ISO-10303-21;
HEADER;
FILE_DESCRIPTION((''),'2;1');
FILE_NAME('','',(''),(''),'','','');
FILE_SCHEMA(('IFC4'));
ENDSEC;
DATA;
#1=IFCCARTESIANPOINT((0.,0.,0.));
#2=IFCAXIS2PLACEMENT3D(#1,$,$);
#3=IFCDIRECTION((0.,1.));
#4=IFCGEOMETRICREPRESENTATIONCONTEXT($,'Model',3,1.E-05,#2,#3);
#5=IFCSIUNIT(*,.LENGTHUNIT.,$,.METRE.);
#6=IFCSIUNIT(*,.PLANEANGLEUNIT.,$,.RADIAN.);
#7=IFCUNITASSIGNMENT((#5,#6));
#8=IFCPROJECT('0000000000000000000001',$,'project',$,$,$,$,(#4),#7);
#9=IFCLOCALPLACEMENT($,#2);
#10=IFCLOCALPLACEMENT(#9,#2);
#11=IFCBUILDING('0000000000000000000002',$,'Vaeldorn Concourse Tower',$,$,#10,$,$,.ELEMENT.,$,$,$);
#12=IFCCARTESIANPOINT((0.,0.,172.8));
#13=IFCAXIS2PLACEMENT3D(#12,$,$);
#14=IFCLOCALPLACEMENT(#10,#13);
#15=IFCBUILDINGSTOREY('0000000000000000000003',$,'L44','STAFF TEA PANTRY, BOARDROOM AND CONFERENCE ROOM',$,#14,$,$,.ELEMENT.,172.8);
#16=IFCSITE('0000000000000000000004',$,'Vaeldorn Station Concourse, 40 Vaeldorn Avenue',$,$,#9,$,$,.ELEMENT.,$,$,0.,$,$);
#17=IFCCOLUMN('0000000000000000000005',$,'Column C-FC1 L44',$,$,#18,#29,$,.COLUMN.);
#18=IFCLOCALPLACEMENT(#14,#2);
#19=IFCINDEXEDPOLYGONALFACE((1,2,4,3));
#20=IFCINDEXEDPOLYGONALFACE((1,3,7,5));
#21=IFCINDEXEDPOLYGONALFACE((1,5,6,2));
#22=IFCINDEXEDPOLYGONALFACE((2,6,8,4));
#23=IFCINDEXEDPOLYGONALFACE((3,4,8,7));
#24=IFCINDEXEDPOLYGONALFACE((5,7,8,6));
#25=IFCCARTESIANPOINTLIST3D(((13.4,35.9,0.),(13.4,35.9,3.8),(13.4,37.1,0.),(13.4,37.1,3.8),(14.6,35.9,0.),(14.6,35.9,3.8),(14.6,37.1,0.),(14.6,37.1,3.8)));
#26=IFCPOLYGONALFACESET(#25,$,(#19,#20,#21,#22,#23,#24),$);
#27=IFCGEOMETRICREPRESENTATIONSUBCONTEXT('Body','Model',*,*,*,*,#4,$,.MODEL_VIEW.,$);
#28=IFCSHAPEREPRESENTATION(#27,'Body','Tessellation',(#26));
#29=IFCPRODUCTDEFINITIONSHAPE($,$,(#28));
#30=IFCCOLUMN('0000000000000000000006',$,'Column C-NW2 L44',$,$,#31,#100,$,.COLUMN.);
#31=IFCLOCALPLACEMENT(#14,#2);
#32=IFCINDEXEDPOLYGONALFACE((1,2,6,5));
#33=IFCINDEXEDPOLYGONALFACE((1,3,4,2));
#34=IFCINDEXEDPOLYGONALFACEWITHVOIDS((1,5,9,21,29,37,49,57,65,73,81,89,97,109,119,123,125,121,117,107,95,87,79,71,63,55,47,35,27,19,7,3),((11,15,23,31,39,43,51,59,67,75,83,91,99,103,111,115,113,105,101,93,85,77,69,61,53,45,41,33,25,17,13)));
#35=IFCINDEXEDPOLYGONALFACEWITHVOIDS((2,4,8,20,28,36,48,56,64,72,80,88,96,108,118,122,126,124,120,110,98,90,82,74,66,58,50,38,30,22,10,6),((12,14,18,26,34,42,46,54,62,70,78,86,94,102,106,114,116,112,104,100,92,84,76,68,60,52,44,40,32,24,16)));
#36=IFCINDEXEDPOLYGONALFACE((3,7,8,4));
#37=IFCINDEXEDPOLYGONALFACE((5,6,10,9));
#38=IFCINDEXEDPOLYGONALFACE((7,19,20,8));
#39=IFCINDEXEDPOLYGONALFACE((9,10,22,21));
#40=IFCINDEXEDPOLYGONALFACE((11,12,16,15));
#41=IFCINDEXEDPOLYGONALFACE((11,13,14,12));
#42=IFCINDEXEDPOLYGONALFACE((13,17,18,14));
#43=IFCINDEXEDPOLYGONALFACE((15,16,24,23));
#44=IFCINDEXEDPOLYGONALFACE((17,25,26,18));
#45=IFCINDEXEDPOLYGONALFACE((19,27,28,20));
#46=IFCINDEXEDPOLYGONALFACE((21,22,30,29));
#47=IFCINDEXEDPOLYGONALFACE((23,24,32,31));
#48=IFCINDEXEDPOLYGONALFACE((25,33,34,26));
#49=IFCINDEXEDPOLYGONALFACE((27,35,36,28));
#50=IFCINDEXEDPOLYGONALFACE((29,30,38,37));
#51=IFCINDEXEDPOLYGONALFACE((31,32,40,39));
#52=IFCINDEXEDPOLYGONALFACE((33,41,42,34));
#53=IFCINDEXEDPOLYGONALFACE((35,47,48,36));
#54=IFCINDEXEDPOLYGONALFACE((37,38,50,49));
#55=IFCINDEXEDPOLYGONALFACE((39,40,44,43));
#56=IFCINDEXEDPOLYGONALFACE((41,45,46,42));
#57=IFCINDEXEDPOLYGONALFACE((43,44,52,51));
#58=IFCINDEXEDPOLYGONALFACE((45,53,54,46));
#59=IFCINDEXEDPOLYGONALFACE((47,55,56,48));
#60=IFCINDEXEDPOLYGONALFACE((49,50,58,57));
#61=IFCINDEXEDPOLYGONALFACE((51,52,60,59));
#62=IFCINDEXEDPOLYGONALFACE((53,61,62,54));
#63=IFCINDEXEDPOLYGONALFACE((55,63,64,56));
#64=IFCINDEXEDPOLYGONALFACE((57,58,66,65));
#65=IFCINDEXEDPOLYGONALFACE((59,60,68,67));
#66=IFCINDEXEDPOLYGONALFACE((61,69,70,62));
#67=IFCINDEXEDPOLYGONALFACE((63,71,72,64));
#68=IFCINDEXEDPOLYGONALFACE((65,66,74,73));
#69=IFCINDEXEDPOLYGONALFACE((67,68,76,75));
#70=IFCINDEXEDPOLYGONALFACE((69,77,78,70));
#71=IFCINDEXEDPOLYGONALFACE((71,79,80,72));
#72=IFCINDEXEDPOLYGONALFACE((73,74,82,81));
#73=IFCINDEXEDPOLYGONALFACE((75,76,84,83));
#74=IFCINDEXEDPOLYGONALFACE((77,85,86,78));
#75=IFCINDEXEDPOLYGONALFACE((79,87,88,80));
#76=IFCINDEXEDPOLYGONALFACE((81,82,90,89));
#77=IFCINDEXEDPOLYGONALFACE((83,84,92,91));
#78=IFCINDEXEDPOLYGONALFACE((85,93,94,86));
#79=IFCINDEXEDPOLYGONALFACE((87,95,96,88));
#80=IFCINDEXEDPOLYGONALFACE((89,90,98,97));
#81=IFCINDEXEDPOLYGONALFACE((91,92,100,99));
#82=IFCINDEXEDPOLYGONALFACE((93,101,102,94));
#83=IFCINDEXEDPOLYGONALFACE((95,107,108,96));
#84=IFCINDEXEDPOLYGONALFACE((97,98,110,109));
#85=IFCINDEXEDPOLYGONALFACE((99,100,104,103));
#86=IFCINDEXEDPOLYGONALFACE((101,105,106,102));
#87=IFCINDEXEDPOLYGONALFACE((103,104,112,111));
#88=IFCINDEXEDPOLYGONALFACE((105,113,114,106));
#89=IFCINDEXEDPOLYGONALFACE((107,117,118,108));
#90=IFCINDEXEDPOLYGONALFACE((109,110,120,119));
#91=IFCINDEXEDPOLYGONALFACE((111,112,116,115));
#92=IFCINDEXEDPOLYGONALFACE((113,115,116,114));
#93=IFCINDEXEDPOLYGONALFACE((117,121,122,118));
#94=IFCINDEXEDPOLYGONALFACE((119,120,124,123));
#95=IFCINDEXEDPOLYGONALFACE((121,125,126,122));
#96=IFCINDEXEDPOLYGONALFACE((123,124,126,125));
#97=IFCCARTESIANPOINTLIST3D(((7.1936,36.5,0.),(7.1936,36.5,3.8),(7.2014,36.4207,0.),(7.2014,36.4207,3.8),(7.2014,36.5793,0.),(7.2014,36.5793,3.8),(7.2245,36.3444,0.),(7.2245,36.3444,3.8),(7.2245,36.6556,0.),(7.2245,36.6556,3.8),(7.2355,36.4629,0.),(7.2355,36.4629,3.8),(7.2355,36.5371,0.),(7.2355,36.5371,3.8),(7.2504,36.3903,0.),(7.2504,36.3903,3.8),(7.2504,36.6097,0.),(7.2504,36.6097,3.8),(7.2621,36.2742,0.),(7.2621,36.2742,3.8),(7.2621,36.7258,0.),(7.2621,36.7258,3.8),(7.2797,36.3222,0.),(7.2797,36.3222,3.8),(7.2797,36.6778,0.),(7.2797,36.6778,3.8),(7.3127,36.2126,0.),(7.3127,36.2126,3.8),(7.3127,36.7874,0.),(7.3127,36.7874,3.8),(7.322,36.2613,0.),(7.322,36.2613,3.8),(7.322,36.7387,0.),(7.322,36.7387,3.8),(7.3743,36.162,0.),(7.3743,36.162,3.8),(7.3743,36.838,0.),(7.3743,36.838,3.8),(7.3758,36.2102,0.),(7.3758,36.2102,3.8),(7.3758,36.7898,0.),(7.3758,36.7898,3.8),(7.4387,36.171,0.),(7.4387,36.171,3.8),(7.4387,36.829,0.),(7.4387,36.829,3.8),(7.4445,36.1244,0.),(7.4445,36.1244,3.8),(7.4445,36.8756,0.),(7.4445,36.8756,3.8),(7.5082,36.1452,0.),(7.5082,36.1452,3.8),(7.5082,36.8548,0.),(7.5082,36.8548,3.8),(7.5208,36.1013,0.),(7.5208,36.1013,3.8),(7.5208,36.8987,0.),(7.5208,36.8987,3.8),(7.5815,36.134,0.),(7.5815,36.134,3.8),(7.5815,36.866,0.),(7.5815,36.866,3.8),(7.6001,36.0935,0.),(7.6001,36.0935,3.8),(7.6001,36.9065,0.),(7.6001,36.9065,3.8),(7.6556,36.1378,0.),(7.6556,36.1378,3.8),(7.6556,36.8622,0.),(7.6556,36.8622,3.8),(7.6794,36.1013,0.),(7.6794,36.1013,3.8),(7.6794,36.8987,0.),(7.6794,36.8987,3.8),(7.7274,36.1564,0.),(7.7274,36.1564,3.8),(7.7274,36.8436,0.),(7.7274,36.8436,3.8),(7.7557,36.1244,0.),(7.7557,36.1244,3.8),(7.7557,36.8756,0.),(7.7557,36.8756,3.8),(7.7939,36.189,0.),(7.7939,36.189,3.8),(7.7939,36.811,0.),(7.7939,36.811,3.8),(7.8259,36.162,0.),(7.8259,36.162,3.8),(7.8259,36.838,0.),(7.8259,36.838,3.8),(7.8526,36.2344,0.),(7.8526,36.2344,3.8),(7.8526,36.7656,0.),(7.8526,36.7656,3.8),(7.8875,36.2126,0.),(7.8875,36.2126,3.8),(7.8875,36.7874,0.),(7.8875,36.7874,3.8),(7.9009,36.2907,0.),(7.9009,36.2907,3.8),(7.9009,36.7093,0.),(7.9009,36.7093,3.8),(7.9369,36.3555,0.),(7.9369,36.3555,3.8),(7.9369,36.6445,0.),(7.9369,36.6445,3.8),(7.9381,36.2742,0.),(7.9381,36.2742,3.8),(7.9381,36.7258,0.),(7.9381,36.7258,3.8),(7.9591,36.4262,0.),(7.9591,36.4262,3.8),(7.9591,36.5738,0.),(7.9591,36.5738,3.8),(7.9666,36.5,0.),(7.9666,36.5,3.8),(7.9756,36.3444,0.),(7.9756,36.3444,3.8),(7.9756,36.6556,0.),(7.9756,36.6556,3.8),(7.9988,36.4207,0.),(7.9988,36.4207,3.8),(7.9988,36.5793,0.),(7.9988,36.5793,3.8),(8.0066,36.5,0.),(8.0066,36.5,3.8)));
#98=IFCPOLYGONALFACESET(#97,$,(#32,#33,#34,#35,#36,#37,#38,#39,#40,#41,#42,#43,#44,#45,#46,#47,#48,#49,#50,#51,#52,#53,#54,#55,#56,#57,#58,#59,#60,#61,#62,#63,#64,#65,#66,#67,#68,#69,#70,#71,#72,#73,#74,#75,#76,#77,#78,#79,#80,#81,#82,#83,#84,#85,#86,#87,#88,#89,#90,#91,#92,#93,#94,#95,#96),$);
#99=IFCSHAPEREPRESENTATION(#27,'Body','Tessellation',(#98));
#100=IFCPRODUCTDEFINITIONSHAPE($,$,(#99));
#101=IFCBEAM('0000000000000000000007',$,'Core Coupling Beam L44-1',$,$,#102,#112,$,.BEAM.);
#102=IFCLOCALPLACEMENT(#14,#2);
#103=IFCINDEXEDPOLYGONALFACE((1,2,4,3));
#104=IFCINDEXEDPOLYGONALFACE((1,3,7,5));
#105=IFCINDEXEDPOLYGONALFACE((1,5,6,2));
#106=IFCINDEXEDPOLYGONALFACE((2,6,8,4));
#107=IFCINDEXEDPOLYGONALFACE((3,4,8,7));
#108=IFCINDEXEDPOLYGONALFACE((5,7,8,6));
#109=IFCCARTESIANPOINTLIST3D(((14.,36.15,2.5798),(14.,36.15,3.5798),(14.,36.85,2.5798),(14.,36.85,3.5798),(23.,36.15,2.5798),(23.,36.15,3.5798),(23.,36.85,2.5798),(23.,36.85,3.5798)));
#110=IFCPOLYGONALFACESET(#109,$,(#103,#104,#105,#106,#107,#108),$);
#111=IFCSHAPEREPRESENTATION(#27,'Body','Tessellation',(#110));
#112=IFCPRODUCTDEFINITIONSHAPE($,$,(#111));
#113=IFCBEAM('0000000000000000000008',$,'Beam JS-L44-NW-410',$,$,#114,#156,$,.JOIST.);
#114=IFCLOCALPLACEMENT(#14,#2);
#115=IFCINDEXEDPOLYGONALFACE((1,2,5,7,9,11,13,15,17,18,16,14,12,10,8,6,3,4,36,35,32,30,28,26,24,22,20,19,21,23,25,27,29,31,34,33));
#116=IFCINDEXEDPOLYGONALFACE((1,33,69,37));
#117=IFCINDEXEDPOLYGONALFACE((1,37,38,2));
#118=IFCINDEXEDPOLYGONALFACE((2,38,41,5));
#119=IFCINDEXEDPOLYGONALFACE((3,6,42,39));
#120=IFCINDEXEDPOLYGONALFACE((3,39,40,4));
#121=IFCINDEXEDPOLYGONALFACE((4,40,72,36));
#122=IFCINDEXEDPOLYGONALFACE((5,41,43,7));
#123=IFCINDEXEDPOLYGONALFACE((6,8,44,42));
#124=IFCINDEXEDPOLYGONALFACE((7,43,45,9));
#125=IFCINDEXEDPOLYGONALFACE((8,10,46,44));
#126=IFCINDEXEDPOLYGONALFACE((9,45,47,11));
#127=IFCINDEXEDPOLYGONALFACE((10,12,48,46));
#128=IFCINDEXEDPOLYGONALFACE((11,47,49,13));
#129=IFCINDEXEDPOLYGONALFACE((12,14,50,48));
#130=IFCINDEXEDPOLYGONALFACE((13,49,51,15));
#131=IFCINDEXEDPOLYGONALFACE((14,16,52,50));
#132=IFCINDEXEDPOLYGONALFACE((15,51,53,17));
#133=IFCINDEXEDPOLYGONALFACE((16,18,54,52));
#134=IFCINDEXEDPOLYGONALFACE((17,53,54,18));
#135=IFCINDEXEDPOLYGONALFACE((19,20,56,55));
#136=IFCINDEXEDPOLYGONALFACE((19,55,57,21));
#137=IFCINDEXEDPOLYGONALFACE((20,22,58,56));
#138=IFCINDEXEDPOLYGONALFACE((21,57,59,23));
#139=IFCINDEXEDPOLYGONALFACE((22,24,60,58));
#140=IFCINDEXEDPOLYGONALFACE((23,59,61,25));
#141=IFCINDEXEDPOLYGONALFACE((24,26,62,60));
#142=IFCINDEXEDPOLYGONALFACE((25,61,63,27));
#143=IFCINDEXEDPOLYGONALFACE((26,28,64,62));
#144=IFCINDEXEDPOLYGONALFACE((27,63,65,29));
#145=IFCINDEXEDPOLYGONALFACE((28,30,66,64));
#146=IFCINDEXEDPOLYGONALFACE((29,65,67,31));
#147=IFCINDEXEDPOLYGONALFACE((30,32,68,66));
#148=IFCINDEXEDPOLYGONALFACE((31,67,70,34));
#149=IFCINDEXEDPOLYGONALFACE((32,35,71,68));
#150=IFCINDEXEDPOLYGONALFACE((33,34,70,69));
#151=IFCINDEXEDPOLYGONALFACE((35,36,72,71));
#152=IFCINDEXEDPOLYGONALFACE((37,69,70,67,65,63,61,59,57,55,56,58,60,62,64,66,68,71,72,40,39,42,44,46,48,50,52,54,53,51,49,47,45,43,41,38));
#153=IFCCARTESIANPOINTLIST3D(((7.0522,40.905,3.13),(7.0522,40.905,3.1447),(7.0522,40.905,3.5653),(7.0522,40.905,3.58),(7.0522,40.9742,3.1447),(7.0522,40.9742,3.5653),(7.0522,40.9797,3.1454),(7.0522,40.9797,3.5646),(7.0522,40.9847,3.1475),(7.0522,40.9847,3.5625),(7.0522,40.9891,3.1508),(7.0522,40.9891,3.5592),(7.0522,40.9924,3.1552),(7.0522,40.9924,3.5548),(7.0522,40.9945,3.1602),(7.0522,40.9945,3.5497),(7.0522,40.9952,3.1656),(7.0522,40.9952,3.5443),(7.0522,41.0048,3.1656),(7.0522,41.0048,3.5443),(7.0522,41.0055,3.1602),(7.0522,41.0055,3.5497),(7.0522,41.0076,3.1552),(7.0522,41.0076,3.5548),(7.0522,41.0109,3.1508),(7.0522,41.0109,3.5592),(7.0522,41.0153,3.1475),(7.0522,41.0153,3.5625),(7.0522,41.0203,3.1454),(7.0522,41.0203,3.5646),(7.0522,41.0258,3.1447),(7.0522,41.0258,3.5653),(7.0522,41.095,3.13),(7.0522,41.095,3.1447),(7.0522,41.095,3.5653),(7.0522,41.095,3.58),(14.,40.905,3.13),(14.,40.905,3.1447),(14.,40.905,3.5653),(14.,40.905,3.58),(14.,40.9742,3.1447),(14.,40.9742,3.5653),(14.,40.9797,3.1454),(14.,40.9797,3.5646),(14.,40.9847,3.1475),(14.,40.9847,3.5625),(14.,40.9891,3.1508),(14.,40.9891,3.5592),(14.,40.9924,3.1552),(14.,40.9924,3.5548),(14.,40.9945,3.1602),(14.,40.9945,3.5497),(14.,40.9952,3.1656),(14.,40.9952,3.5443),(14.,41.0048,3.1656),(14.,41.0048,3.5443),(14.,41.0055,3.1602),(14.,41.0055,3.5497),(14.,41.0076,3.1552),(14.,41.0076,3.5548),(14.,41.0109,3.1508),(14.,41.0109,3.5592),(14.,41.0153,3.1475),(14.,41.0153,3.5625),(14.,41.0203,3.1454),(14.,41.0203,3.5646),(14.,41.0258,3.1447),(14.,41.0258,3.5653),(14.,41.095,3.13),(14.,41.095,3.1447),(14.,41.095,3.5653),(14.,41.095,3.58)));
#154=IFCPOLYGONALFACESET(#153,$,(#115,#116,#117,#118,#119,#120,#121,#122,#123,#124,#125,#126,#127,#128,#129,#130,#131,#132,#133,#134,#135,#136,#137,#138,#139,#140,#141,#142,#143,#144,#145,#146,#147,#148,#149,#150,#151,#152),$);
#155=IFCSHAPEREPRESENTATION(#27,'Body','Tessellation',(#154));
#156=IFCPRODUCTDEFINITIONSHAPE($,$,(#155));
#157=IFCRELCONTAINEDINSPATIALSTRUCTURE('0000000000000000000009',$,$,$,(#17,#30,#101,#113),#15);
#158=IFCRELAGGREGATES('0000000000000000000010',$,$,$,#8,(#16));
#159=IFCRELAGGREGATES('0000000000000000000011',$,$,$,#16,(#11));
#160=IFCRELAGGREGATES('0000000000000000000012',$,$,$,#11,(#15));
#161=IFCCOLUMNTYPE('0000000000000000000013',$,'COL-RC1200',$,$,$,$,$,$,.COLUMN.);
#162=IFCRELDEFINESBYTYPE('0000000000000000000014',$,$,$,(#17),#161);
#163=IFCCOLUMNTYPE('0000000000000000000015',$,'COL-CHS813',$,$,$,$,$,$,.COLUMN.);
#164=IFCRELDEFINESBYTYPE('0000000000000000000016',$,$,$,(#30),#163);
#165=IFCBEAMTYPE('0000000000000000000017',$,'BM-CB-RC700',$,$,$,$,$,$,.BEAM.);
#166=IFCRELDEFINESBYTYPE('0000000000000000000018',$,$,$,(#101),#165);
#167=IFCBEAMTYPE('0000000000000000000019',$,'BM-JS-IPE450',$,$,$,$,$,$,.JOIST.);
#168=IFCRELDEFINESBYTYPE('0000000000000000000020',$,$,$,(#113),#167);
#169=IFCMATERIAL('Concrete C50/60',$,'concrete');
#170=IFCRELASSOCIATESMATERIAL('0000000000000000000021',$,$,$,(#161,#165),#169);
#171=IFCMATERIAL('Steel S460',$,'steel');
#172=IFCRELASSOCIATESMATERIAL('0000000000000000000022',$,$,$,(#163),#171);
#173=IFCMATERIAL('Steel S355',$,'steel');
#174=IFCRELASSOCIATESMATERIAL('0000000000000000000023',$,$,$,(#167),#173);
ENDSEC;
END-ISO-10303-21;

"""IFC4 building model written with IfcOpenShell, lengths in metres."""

from ifc_helpers import new_model, si_unit, direction, frame, origin, origin_2d, place, context, subcontext, project, spatial, rectangle, hollow_circle, i_section, extrude, source, transform, mapped, material, material_profile, profile_set, type_object, element, save


model = new_model("IFC4")

# Units and contexts
model_context = context("Model", 3, precision=1e-05, world=origin(), true_north=direction((0.0, 1.0)))
body_context = subcontext(model_context, "Body", "Model", "MODEL_VIEW")
ifc_project = project(units=[si_unit("LENGTHUNIT", "METRE"), si_unit("PLANEANGLEUNIT", "RADIAN")], contexts=[model_context])

# Site, building, storey
site_placement = place(None, origin())
site = spatial("IfcSite", under=ifc_project, at=site_placement, Name="Vaeldorn Station Concourse, 40 Vaeldorn Avenue", CompositionType="ELEMENT", RefElevation=0.0)
building_placement = place(site_placement, origin())
building = spatial("IfcBuilding", under=site, at=building_placement, Name="Vaeldorn Concourse Tower", CompositionType="ELEMENT")
storey_placement = place(building_placement, frame((0.0, 0.0, 172.8)))
storey = spatial("IfcBuildingStorey", under=building, at=storey_placement, Name="L44", Description="STAFF TEA PANTRY, BOARDROOM AND CONFERENCE ROOM", CompositionType="ELEMENT", Elevation=172.8)

# Columns
ifc_material_1 = material(Name="Concrete C50/60", Category="concrete")
ifc_material_profile_1 = material_profile(ifc_material_1, rectangle(XDim=1.2, YDim=1.2, at=origin_2d()), Name="RC 1200x1200")
ifc_profile_set_1 = profile_set([ifc_material_profile_1], Name="Concrete C50/60")
column_type_1 = type_object("IfcColumnType", Name="COL-RC1200", PredefinedType="COLUMN", material=ifc_profile_set_1)
shared_shape_1 = source(origin(), body_context, "Body", "SweptSolid", [
    extrude(rectangle(XDim=1.2, YDim=1.2, at=origin_2d()), origin(), (0.0, 0.0, 1.0), 3.8),
])
column_1_placement = place(storey_placement, frame((14.0, 36.5, 0.0), z_axis=(0.0, 0.0, 1.0), x_axis=(1.0, 0.0, 0.0)))
element("IfcColumn", 1, at=column_1_placement, inside=storey, type_object=column_type_1, Name="Column C-FC1 L44", PredefinedType="COLUMN", context=body_context, shape_type="MappedRepresentation", body=[
    mapped(shared_shape_1, transform((0.0, 0.0, 0.0), scale=1.0)),
])
ifc_material_2 = material(Name="Steel S460", Category="steel")
ifc_material_profile_2 = material_profile(ifc_material_2, hollow_circle(Radius=0.4065, WallThickness=0.04, at=origin_2d()), Name="CHS 813x40")
ifc_profile_set_2 = profile_set([ifc_material_profile_2], Name="Steel S460")
column_type_2 = type_object("IfcColumnType", Name="COL-CHS813", PredefinedType="COLUMN", material=ifc_profile_set_2)
shared_shape_2 = source(origin(), body_context, "Body", "SweptSolid", [
    extrude(hollow_circle(Radius=0.4065, WallThickness=0.04, at=origin_2d()), origin(), (0.0, 0.0, 1.0), 3.8),
])
column_2_placement = place(storey_placement, frame((7.6001, 36.5, 0.0), z_axis=(0.0, 0.0, 1.0), x_axis=(1.0, 0.0, 0.0)))
element("IfcColumn", 2, at=column_2_placement, inside=storey, type_object=column_type_2, Name="Column C-NW2 L44", PredefinedType="COLUMN", context=body_context, shape_type="MappedRepresentation", body=[
    mapped(shared_shape_2, transform((0.0, 0.0, 0.0), scale=1.0)),
])

# Beams
ifc_material_profile_3 = material_profile(ifc_material_1, rectangle(XDim=0.7, YDim=1.0, at=origin_2d()), Name="RC 700x1000")
ifc_profile_set_3 = profile_set([ifc_material_profile_3], Name="Concrete C50/60")
beam_type_1 = type_object("IfcBeamType", Name="BM-CB-RC700", PredefinedType="BEAM", material=ifc_profile_set_3)
shared_shape_3 = source(origin(), body_context, "Body", "SweptSolid", [
    extrude(rectangle(XDim=0.7, YDim=1.0, at=origin_2d()), origin(), (0.0, 0.0, 1.0), 9.0),
])
beam_1_placement = place(storey_placement, frame((14.0, 36.5, 3.0798), z_axis=(1.0, 0.0, 0.0), x_axis=(0.0, 1.0, 0.0)))
element("IfcBeam", 3, at=beam_1_placement, inside=storey, type_object=beam_type_1, Name="Core Coupling Beam L44-1", PredefinedType="BEAM", context=body_context, shape_type="MappedRepresentation", body=[
    mapped(shared_shape_3, transform((0.0, 0.0, 0.0), scale=1.0)),
])
ifc_material_3 = material(Name="Steel S355", Category="steel")
ifc_material_profile_4 = material_profile(ifc_material_3, i_section(OverallWidth=0.1899, OverallDepth=0.45, WebThickness=0.0095, FlangeThickness=0.0146, FilletRadius=0.021, at=origin_2d()), Name="IPE 450")
ifc_profile_set_4 = profile_set([ifc_material_profile_4], Name="Steel S355")
beam_type_2 = type_object("IfcBeamType", Name="BM-JS-IPE450", PredefinedType="JOIST", material=ifc_profile_set_4)
shared_shape_4 = source(origin(), body_context, "Body", "SweptSolid", [
    extrude(i_section(OverallWidth=0.1899, OverallDepth=0.45, WebThickness=0.0095, FlangeThickness=0.0146, FilletRadius=0.021, at=origin_2d()), origin(), (0.0, 0.0, 1.0), 6.9478),
])
beam_2_placement = place(storey_placement, frame((7.0522, 41.0, 3.355), z_axis=(1.0, 0.0, 0.0), x_axis=(0.0, 1.0, 0.0)))
element("IfcBeam", 4, at=beam_2_placement, inside=storey, type_object=beam_type_2, Name="Beam JS-L44-NW-410", PredefinedType="JOIST", context=body_context, shape_type="MappedRepresentation", body=[
    mapped(shared_shape_4, transform((0.0, 0.0, 0.0), scale=1.0)),
])

save(model, "model.ifc")
